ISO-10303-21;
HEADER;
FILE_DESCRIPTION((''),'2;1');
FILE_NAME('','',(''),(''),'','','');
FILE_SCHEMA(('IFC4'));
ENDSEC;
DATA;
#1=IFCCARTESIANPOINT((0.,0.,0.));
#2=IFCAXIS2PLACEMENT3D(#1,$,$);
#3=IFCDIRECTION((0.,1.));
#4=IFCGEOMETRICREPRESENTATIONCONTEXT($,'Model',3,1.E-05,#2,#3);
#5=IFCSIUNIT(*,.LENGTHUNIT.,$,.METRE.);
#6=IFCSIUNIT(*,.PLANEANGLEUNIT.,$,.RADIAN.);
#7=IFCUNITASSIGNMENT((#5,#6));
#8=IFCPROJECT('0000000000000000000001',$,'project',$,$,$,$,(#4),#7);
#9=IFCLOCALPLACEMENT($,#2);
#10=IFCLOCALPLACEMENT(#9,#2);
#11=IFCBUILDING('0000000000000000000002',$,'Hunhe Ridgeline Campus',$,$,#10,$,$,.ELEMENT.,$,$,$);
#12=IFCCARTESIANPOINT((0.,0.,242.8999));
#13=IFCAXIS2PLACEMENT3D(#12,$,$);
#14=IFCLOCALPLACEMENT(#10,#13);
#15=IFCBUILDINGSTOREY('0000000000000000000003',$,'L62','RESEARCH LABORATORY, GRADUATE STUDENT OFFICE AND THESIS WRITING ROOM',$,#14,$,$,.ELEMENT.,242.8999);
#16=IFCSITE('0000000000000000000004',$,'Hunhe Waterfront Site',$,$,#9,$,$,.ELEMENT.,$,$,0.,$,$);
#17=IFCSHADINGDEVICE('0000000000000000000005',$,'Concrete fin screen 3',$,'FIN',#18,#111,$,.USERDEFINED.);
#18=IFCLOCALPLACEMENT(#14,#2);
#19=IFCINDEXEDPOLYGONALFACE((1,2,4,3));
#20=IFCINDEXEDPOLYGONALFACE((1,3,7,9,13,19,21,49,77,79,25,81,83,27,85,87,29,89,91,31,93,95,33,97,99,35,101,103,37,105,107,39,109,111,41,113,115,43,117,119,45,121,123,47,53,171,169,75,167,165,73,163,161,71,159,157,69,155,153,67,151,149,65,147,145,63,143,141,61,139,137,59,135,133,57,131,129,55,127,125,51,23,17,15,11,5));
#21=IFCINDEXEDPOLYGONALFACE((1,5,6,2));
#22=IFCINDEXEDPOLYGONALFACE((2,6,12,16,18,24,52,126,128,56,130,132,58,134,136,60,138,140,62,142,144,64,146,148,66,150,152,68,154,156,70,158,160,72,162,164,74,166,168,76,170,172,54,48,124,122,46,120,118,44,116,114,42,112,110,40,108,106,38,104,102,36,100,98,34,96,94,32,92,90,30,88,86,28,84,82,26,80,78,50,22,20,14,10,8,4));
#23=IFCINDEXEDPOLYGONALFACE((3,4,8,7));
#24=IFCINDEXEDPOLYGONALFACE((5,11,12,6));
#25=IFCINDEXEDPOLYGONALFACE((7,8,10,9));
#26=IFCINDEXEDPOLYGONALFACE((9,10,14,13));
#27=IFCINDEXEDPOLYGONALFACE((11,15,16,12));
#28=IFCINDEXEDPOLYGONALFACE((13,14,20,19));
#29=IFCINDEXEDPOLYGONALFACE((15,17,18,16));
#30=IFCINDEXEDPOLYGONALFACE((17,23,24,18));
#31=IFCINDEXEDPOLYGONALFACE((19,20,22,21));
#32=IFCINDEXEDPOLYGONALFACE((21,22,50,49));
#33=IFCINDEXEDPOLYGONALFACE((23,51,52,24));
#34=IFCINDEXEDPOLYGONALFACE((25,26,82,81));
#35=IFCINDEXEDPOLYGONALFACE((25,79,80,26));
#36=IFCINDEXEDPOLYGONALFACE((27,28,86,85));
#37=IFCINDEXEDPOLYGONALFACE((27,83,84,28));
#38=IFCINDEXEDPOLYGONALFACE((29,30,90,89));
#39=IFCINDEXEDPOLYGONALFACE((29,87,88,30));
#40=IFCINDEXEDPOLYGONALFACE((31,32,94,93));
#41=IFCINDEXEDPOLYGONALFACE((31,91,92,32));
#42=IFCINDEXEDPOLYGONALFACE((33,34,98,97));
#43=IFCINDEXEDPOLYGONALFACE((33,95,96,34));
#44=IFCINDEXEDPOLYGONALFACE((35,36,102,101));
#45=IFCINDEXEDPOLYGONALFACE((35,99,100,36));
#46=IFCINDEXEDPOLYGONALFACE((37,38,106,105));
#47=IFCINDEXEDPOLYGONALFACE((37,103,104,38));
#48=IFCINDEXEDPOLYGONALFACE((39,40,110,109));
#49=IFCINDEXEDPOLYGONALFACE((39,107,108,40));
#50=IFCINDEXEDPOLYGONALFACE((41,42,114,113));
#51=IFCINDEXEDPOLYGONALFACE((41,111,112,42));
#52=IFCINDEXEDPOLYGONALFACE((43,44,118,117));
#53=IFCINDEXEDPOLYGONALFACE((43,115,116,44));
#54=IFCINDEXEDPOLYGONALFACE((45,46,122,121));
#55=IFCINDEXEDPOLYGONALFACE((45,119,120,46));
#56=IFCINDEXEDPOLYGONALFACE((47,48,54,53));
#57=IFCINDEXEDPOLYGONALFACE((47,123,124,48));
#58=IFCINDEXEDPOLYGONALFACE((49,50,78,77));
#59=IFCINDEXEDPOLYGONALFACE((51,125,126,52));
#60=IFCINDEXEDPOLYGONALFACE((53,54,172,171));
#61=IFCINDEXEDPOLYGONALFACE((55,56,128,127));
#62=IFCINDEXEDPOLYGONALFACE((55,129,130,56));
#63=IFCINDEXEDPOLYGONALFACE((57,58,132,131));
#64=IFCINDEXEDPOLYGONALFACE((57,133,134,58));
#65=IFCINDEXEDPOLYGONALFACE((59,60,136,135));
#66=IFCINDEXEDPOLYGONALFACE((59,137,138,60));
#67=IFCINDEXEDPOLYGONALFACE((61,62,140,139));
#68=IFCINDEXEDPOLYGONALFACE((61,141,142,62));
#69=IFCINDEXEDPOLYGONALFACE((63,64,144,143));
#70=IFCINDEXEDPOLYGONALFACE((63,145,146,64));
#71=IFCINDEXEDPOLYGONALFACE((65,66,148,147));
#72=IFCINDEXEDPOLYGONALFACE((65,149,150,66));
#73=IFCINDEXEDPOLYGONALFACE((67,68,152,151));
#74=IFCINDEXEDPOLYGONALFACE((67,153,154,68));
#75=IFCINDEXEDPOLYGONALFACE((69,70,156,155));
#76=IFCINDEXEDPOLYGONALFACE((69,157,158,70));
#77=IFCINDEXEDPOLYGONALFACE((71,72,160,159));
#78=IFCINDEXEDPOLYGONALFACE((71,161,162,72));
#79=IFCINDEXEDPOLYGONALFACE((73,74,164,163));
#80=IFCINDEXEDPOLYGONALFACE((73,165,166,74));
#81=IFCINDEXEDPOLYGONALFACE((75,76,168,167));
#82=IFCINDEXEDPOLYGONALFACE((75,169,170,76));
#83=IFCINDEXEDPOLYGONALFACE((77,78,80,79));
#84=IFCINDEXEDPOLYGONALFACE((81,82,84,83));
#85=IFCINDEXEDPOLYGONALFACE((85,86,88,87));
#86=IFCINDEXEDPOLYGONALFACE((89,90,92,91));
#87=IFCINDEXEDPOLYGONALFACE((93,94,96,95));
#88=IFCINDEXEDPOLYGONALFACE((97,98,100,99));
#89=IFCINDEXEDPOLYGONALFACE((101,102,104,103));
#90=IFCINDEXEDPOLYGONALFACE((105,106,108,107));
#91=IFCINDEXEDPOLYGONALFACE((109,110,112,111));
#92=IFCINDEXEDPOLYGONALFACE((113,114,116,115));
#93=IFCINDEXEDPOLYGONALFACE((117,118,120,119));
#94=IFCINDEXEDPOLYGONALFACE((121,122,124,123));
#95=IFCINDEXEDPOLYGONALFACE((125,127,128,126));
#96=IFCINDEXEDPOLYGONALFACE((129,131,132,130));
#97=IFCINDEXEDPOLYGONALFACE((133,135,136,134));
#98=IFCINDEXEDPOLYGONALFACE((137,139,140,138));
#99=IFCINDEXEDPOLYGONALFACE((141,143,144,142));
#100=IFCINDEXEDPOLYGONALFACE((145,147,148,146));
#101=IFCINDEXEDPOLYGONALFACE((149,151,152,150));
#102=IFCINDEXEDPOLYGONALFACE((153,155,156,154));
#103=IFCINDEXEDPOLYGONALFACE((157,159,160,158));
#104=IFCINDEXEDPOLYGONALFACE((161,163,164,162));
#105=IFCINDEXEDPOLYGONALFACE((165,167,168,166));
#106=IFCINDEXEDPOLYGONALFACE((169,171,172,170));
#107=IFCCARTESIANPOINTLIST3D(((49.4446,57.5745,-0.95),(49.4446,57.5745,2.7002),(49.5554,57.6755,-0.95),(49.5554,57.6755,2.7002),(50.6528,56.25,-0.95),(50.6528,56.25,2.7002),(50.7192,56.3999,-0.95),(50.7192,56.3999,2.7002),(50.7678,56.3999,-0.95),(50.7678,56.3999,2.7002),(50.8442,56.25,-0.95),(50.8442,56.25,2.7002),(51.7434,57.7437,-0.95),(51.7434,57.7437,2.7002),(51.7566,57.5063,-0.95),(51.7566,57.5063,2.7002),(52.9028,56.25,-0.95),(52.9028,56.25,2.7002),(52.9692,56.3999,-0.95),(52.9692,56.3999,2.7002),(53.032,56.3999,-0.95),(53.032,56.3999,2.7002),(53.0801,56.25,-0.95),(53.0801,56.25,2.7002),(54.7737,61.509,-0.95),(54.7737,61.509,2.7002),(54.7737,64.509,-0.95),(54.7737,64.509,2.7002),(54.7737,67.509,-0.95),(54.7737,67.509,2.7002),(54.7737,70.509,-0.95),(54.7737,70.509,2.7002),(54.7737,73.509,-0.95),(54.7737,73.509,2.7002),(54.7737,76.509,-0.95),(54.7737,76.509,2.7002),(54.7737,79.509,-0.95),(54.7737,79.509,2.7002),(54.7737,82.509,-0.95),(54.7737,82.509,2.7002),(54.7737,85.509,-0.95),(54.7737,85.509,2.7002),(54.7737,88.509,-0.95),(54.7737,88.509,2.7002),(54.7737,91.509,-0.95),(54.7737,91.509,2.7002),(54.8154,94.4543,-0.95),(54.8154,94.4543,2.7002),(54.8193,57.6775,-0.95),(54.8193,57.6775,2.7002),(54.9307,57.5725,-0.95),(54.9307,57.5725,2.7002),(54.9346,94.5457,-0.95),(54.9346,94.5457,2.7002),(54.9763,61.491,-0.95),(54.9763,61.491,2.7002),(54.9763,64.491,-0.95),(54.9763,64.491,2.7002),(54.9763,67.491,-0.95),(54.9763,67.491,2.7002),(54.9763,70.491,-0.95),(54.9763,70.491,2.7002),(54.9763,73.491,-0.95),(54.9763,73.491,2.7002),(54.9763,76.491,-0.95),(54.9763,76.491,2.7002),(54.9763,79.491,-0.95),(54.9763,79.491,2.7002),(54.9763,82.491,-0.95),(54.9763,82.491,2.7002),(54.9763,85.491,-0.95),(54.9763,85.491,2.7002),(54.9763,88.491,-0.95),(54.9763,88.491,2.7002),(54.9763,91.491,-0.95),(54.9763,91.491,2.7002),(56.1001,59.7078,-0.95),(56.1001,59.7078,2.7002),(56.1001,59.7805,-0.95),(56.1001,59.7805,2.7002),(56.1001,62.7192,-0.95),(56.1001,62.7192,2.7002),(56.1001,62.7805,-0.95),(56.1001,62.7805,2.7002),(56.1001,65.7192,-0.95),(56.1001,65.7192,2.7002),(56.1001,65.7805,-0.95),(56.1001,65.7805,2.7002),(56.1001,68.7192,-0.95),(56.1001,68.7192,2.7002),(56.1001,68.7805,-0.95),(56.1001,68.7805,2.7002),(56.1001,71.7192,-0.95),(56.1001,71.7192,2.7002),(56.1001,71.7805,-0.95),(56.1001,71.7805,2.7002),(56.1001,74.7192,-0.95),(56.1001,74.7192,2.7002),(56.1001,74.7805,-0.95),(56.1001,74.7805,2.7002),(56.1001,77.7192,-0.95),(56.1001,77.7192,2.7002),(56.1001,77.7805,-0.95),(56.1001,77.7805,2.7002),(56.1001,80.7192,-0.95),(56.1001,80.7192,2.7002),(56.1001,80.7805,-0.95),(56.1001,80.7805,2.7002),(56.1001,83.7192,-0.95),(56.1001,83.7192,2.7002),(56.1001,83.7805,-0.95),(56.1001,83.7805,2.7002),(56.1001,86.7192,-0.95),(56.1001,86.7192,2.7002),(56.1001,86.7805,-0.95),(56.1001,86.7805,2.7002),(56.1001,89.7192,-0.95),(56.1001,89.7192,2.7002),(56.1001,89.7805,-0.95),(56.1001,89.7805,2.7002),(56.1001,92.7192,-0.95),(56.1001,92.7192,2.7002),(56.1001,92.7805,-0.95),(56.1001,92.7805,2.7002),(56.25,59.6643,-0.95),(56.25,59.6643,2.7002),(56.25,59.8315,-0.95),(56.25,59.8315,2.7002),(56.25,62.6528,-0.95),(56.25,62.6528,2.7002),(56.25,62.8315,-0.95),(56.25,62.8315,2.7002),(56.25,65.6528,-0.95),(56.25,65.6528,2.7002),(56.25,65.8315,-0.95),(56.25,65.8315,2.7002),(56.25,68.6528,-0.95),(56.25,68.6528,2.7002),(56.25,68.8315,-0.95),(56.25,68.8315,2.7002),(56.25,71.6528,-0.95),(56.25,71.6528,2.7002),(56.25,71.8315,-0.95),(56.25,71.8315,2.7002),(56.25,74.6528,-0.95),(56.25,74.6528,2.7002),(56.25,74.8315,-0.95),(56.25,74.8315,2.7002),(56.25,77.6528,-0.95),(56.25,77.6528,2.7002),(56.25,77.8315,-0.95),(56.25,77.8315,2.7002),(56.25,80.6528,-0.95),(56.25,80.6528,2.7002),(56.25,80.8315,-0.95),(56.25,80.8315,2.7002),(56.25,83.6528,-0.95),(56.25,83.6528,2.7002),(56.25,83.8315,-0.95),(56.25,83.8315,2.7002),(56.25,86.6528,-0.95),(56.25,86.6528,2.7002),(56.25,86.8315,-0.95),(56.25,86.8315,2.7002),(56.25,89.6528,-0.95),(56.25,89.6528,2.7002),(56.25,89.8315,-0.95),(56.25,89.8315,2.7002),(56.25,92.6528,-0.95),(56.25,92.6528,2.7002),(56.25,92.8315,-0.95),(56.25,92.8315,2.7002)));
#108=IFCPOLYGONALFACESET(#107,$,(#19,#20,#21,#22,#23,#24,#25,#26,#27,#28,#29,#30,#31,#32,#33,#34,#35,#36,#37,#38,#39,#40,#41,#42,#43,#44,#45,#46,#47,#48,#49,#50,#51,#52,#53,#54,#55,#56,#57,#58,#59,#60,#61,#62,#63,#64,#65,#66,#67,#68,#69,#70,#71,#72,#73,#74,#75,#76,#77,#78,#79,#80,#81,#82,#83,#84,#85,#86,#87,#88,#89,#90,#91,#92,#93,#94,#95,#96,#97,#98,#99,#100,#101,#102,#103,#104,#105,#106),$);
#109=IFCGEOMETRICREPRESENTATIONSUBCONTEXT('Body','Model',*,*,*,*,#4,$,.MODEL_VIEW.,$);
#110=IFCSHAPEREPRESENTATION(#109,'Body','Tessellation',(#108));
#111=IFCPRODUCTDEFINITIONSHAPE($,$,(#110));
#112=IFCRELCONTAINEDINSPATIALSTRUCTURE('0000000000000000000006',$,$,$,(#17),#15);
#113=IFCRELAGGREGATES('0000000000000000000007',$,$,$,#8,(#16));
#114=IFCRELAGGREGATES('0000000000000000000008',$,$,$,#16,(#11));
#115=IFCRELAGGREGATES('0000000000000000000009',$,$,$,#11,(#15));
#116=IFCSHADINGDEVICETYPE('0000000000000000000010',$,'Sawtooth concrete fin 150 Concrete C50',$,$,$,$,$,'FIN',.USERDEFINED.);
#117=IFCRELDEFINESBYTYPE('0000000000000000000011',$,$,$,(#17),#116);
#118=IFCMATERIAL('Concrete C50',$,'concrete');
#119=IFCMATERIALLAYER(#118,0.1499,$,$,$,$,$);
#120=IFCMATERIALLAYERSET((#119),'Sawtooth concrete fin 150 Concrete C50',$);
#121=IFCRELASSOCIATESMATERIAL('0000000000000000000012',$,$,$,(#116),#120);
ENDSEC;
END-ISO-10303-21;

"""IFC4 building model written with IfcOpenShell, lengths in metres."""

from ifc_helpers import new_model, si_unit, direction, frame, origin, place, context, subcontext, project, spatial, polyline, outline, extrude, material, layer, layer_set, type_object, element, save


model = new_model("IFC4")

# Units and contexts
model_context = context("Model", 3, precision=1e-05, world=origin(), true_north=direction((0.0, 1.0)))
body_context = subcontext(model_context, "Body", "Model", "MODEL_VIEW")
ifc_project = project(units=[si_unit("LENGTHUNIT", "METRE"), si_unit("PLANEANGLEUNIT", "RADIAN")], contexts=[model_context])

# Site, building, storey
site_placement = place(None, origin())
site = spatial("IfcSite", under=ifc_project, at=site_placement, Name="Hunhe Waterfront Site", CompositionType="ELEMENT", RefElevation=0.0)
building_placement = place(site_placement, origin())
building = spatial("IfcBuilding", under=site, at=building_placement, Name="Hunhe Ridgeline Campus", CompositionType="ELEMENT")
storey_placement = place(building_placement, frame((0.0, 0.0, 242.8999)))
storey = spatial("IfcBuildingStorey", under=building, at=storey_placement, Name="L62", Description="RESEARCH LABORATORY, GRADUATE STUDENT OFFICE AND THESIS WRITING ROOM", CompositionType="ELEMENT", Elevation=242.8999)

# Shared definitions
ifc_material_1 = material(Name="Concrete C50", Category="concrete")

# Shading device
ifc_layer_1 = layer(ifc_material_1, 0.1499)
ifc_layer_set_1 = layer_set([ifc_layer_1], Name="Sawtooth concrete fin 150 Concrete C50")
shading_device_type = type_object("IfcShadingDeviceType", Name="Sawtooth concrete fin 150 Concrete C50", ElementType="FIN", PredefinedType="USERDEFINED", material=ifc_layer_set_1)
shading_device_1_placement = place(storey_placement, frame((0.0, 0.0, -0.95)))
element("IfcShadingDevice", 1, at=shading_device_1_placement, inside=storey, type_object=shading_device_type, Name="Concrete fin screen 3", ObjectType="FIN", PredefinedType="USERDEFINED", context=body_context, shape_type="SweptSolid", body=[
    extrude(outline(polyline([(49.5554, 57.6755), (49.4446, 57.5745), (50.6528, 56.25), (50.8442, 56.25), (51.7566, 57.5063), (52.9028, 56.25), (53.0801, 56.25), (54.9307, 57.5725), (56.25, 59.6643), (56.25, 59.8315), (54.9763, 61.491), (56.25, 62.6528), (56.25, 62.8315), (54.9763, 64.491), (56.25, 65.6528), (56.25, 65.8315), (54.9763, 67.491), (56.25, 68.6528), (56.25, 68.8315), (54.9763, 70.491), (56.25, 71.6528), (56.25, 71.8315), (54.9763, 73.491), (56.25, 74.6528), (56.25, 74.8315), (54.9763, 76.491), (56.25, 77.6528), (56.25, 77.8315), (54.9763, 79.491), (56.25, 80.6528), (56.25, 80.8315), (54.9763, 82.491), (56.25, 83.6528), (56.25, 83.8315), (54.9763, 85.491), (56.25, 86.6528), (56.25, 86.8315), (54.9763, 88.491), (56.25, 89.6528), (56.25, 89.8315), (54.9763, 91.491), (56.25, 92.6528), (56.25, 92.8315), (54.9346, 94.5457), (54.8154, 94.4543), (56.1001, 92.7805), (56.1001, 92.7192), (54.7737, 91.509), (56.1001, 89.7805), (56.1001, 89.7192), (54.7737, 88.509), (56.1001, 86.7805), (56.1001, 86.7192), (54.7737, 85.509), (56.1001, 83.7805), (56.1001, 83.7192), (54.7737, 82.509), (56.1001, 80.7805), (56.1001, 80.7192), (54.7737, 79.509), (56.1001, 77.7805), (56.1001, 77.7192), (54.7737, 76.509), (56.1001, 74.7805), (56.1001, 74.7192), (54.7737, 73.509), (56.1001, 71.7805), (56.1001, 71.7192), (54.7737, 70.509), (56.1001, 68.7805), (56.1001, 68.7192), (54.7737, 67.509), (56.1001, 65.7805), (56.1001, 65.7192), (54.7737, 64.509), (56.1001, 62.7805), (56.1001, 62.7192), (54.7737, 61.509), (56.1001, 59.7805), (56.1001, 59.7078), (54.8193, 57.6775), (53.032, 56.3999), (52.9692, 56.3999), (51.7434, 57.7437), (50.7678, 56.3999), (50.7192, 56.3999), (49.5554, 57.6755)])), origin(), (0.0, 0.0, 1.0), 3.6501),
])

save(model, "model.ifc")
